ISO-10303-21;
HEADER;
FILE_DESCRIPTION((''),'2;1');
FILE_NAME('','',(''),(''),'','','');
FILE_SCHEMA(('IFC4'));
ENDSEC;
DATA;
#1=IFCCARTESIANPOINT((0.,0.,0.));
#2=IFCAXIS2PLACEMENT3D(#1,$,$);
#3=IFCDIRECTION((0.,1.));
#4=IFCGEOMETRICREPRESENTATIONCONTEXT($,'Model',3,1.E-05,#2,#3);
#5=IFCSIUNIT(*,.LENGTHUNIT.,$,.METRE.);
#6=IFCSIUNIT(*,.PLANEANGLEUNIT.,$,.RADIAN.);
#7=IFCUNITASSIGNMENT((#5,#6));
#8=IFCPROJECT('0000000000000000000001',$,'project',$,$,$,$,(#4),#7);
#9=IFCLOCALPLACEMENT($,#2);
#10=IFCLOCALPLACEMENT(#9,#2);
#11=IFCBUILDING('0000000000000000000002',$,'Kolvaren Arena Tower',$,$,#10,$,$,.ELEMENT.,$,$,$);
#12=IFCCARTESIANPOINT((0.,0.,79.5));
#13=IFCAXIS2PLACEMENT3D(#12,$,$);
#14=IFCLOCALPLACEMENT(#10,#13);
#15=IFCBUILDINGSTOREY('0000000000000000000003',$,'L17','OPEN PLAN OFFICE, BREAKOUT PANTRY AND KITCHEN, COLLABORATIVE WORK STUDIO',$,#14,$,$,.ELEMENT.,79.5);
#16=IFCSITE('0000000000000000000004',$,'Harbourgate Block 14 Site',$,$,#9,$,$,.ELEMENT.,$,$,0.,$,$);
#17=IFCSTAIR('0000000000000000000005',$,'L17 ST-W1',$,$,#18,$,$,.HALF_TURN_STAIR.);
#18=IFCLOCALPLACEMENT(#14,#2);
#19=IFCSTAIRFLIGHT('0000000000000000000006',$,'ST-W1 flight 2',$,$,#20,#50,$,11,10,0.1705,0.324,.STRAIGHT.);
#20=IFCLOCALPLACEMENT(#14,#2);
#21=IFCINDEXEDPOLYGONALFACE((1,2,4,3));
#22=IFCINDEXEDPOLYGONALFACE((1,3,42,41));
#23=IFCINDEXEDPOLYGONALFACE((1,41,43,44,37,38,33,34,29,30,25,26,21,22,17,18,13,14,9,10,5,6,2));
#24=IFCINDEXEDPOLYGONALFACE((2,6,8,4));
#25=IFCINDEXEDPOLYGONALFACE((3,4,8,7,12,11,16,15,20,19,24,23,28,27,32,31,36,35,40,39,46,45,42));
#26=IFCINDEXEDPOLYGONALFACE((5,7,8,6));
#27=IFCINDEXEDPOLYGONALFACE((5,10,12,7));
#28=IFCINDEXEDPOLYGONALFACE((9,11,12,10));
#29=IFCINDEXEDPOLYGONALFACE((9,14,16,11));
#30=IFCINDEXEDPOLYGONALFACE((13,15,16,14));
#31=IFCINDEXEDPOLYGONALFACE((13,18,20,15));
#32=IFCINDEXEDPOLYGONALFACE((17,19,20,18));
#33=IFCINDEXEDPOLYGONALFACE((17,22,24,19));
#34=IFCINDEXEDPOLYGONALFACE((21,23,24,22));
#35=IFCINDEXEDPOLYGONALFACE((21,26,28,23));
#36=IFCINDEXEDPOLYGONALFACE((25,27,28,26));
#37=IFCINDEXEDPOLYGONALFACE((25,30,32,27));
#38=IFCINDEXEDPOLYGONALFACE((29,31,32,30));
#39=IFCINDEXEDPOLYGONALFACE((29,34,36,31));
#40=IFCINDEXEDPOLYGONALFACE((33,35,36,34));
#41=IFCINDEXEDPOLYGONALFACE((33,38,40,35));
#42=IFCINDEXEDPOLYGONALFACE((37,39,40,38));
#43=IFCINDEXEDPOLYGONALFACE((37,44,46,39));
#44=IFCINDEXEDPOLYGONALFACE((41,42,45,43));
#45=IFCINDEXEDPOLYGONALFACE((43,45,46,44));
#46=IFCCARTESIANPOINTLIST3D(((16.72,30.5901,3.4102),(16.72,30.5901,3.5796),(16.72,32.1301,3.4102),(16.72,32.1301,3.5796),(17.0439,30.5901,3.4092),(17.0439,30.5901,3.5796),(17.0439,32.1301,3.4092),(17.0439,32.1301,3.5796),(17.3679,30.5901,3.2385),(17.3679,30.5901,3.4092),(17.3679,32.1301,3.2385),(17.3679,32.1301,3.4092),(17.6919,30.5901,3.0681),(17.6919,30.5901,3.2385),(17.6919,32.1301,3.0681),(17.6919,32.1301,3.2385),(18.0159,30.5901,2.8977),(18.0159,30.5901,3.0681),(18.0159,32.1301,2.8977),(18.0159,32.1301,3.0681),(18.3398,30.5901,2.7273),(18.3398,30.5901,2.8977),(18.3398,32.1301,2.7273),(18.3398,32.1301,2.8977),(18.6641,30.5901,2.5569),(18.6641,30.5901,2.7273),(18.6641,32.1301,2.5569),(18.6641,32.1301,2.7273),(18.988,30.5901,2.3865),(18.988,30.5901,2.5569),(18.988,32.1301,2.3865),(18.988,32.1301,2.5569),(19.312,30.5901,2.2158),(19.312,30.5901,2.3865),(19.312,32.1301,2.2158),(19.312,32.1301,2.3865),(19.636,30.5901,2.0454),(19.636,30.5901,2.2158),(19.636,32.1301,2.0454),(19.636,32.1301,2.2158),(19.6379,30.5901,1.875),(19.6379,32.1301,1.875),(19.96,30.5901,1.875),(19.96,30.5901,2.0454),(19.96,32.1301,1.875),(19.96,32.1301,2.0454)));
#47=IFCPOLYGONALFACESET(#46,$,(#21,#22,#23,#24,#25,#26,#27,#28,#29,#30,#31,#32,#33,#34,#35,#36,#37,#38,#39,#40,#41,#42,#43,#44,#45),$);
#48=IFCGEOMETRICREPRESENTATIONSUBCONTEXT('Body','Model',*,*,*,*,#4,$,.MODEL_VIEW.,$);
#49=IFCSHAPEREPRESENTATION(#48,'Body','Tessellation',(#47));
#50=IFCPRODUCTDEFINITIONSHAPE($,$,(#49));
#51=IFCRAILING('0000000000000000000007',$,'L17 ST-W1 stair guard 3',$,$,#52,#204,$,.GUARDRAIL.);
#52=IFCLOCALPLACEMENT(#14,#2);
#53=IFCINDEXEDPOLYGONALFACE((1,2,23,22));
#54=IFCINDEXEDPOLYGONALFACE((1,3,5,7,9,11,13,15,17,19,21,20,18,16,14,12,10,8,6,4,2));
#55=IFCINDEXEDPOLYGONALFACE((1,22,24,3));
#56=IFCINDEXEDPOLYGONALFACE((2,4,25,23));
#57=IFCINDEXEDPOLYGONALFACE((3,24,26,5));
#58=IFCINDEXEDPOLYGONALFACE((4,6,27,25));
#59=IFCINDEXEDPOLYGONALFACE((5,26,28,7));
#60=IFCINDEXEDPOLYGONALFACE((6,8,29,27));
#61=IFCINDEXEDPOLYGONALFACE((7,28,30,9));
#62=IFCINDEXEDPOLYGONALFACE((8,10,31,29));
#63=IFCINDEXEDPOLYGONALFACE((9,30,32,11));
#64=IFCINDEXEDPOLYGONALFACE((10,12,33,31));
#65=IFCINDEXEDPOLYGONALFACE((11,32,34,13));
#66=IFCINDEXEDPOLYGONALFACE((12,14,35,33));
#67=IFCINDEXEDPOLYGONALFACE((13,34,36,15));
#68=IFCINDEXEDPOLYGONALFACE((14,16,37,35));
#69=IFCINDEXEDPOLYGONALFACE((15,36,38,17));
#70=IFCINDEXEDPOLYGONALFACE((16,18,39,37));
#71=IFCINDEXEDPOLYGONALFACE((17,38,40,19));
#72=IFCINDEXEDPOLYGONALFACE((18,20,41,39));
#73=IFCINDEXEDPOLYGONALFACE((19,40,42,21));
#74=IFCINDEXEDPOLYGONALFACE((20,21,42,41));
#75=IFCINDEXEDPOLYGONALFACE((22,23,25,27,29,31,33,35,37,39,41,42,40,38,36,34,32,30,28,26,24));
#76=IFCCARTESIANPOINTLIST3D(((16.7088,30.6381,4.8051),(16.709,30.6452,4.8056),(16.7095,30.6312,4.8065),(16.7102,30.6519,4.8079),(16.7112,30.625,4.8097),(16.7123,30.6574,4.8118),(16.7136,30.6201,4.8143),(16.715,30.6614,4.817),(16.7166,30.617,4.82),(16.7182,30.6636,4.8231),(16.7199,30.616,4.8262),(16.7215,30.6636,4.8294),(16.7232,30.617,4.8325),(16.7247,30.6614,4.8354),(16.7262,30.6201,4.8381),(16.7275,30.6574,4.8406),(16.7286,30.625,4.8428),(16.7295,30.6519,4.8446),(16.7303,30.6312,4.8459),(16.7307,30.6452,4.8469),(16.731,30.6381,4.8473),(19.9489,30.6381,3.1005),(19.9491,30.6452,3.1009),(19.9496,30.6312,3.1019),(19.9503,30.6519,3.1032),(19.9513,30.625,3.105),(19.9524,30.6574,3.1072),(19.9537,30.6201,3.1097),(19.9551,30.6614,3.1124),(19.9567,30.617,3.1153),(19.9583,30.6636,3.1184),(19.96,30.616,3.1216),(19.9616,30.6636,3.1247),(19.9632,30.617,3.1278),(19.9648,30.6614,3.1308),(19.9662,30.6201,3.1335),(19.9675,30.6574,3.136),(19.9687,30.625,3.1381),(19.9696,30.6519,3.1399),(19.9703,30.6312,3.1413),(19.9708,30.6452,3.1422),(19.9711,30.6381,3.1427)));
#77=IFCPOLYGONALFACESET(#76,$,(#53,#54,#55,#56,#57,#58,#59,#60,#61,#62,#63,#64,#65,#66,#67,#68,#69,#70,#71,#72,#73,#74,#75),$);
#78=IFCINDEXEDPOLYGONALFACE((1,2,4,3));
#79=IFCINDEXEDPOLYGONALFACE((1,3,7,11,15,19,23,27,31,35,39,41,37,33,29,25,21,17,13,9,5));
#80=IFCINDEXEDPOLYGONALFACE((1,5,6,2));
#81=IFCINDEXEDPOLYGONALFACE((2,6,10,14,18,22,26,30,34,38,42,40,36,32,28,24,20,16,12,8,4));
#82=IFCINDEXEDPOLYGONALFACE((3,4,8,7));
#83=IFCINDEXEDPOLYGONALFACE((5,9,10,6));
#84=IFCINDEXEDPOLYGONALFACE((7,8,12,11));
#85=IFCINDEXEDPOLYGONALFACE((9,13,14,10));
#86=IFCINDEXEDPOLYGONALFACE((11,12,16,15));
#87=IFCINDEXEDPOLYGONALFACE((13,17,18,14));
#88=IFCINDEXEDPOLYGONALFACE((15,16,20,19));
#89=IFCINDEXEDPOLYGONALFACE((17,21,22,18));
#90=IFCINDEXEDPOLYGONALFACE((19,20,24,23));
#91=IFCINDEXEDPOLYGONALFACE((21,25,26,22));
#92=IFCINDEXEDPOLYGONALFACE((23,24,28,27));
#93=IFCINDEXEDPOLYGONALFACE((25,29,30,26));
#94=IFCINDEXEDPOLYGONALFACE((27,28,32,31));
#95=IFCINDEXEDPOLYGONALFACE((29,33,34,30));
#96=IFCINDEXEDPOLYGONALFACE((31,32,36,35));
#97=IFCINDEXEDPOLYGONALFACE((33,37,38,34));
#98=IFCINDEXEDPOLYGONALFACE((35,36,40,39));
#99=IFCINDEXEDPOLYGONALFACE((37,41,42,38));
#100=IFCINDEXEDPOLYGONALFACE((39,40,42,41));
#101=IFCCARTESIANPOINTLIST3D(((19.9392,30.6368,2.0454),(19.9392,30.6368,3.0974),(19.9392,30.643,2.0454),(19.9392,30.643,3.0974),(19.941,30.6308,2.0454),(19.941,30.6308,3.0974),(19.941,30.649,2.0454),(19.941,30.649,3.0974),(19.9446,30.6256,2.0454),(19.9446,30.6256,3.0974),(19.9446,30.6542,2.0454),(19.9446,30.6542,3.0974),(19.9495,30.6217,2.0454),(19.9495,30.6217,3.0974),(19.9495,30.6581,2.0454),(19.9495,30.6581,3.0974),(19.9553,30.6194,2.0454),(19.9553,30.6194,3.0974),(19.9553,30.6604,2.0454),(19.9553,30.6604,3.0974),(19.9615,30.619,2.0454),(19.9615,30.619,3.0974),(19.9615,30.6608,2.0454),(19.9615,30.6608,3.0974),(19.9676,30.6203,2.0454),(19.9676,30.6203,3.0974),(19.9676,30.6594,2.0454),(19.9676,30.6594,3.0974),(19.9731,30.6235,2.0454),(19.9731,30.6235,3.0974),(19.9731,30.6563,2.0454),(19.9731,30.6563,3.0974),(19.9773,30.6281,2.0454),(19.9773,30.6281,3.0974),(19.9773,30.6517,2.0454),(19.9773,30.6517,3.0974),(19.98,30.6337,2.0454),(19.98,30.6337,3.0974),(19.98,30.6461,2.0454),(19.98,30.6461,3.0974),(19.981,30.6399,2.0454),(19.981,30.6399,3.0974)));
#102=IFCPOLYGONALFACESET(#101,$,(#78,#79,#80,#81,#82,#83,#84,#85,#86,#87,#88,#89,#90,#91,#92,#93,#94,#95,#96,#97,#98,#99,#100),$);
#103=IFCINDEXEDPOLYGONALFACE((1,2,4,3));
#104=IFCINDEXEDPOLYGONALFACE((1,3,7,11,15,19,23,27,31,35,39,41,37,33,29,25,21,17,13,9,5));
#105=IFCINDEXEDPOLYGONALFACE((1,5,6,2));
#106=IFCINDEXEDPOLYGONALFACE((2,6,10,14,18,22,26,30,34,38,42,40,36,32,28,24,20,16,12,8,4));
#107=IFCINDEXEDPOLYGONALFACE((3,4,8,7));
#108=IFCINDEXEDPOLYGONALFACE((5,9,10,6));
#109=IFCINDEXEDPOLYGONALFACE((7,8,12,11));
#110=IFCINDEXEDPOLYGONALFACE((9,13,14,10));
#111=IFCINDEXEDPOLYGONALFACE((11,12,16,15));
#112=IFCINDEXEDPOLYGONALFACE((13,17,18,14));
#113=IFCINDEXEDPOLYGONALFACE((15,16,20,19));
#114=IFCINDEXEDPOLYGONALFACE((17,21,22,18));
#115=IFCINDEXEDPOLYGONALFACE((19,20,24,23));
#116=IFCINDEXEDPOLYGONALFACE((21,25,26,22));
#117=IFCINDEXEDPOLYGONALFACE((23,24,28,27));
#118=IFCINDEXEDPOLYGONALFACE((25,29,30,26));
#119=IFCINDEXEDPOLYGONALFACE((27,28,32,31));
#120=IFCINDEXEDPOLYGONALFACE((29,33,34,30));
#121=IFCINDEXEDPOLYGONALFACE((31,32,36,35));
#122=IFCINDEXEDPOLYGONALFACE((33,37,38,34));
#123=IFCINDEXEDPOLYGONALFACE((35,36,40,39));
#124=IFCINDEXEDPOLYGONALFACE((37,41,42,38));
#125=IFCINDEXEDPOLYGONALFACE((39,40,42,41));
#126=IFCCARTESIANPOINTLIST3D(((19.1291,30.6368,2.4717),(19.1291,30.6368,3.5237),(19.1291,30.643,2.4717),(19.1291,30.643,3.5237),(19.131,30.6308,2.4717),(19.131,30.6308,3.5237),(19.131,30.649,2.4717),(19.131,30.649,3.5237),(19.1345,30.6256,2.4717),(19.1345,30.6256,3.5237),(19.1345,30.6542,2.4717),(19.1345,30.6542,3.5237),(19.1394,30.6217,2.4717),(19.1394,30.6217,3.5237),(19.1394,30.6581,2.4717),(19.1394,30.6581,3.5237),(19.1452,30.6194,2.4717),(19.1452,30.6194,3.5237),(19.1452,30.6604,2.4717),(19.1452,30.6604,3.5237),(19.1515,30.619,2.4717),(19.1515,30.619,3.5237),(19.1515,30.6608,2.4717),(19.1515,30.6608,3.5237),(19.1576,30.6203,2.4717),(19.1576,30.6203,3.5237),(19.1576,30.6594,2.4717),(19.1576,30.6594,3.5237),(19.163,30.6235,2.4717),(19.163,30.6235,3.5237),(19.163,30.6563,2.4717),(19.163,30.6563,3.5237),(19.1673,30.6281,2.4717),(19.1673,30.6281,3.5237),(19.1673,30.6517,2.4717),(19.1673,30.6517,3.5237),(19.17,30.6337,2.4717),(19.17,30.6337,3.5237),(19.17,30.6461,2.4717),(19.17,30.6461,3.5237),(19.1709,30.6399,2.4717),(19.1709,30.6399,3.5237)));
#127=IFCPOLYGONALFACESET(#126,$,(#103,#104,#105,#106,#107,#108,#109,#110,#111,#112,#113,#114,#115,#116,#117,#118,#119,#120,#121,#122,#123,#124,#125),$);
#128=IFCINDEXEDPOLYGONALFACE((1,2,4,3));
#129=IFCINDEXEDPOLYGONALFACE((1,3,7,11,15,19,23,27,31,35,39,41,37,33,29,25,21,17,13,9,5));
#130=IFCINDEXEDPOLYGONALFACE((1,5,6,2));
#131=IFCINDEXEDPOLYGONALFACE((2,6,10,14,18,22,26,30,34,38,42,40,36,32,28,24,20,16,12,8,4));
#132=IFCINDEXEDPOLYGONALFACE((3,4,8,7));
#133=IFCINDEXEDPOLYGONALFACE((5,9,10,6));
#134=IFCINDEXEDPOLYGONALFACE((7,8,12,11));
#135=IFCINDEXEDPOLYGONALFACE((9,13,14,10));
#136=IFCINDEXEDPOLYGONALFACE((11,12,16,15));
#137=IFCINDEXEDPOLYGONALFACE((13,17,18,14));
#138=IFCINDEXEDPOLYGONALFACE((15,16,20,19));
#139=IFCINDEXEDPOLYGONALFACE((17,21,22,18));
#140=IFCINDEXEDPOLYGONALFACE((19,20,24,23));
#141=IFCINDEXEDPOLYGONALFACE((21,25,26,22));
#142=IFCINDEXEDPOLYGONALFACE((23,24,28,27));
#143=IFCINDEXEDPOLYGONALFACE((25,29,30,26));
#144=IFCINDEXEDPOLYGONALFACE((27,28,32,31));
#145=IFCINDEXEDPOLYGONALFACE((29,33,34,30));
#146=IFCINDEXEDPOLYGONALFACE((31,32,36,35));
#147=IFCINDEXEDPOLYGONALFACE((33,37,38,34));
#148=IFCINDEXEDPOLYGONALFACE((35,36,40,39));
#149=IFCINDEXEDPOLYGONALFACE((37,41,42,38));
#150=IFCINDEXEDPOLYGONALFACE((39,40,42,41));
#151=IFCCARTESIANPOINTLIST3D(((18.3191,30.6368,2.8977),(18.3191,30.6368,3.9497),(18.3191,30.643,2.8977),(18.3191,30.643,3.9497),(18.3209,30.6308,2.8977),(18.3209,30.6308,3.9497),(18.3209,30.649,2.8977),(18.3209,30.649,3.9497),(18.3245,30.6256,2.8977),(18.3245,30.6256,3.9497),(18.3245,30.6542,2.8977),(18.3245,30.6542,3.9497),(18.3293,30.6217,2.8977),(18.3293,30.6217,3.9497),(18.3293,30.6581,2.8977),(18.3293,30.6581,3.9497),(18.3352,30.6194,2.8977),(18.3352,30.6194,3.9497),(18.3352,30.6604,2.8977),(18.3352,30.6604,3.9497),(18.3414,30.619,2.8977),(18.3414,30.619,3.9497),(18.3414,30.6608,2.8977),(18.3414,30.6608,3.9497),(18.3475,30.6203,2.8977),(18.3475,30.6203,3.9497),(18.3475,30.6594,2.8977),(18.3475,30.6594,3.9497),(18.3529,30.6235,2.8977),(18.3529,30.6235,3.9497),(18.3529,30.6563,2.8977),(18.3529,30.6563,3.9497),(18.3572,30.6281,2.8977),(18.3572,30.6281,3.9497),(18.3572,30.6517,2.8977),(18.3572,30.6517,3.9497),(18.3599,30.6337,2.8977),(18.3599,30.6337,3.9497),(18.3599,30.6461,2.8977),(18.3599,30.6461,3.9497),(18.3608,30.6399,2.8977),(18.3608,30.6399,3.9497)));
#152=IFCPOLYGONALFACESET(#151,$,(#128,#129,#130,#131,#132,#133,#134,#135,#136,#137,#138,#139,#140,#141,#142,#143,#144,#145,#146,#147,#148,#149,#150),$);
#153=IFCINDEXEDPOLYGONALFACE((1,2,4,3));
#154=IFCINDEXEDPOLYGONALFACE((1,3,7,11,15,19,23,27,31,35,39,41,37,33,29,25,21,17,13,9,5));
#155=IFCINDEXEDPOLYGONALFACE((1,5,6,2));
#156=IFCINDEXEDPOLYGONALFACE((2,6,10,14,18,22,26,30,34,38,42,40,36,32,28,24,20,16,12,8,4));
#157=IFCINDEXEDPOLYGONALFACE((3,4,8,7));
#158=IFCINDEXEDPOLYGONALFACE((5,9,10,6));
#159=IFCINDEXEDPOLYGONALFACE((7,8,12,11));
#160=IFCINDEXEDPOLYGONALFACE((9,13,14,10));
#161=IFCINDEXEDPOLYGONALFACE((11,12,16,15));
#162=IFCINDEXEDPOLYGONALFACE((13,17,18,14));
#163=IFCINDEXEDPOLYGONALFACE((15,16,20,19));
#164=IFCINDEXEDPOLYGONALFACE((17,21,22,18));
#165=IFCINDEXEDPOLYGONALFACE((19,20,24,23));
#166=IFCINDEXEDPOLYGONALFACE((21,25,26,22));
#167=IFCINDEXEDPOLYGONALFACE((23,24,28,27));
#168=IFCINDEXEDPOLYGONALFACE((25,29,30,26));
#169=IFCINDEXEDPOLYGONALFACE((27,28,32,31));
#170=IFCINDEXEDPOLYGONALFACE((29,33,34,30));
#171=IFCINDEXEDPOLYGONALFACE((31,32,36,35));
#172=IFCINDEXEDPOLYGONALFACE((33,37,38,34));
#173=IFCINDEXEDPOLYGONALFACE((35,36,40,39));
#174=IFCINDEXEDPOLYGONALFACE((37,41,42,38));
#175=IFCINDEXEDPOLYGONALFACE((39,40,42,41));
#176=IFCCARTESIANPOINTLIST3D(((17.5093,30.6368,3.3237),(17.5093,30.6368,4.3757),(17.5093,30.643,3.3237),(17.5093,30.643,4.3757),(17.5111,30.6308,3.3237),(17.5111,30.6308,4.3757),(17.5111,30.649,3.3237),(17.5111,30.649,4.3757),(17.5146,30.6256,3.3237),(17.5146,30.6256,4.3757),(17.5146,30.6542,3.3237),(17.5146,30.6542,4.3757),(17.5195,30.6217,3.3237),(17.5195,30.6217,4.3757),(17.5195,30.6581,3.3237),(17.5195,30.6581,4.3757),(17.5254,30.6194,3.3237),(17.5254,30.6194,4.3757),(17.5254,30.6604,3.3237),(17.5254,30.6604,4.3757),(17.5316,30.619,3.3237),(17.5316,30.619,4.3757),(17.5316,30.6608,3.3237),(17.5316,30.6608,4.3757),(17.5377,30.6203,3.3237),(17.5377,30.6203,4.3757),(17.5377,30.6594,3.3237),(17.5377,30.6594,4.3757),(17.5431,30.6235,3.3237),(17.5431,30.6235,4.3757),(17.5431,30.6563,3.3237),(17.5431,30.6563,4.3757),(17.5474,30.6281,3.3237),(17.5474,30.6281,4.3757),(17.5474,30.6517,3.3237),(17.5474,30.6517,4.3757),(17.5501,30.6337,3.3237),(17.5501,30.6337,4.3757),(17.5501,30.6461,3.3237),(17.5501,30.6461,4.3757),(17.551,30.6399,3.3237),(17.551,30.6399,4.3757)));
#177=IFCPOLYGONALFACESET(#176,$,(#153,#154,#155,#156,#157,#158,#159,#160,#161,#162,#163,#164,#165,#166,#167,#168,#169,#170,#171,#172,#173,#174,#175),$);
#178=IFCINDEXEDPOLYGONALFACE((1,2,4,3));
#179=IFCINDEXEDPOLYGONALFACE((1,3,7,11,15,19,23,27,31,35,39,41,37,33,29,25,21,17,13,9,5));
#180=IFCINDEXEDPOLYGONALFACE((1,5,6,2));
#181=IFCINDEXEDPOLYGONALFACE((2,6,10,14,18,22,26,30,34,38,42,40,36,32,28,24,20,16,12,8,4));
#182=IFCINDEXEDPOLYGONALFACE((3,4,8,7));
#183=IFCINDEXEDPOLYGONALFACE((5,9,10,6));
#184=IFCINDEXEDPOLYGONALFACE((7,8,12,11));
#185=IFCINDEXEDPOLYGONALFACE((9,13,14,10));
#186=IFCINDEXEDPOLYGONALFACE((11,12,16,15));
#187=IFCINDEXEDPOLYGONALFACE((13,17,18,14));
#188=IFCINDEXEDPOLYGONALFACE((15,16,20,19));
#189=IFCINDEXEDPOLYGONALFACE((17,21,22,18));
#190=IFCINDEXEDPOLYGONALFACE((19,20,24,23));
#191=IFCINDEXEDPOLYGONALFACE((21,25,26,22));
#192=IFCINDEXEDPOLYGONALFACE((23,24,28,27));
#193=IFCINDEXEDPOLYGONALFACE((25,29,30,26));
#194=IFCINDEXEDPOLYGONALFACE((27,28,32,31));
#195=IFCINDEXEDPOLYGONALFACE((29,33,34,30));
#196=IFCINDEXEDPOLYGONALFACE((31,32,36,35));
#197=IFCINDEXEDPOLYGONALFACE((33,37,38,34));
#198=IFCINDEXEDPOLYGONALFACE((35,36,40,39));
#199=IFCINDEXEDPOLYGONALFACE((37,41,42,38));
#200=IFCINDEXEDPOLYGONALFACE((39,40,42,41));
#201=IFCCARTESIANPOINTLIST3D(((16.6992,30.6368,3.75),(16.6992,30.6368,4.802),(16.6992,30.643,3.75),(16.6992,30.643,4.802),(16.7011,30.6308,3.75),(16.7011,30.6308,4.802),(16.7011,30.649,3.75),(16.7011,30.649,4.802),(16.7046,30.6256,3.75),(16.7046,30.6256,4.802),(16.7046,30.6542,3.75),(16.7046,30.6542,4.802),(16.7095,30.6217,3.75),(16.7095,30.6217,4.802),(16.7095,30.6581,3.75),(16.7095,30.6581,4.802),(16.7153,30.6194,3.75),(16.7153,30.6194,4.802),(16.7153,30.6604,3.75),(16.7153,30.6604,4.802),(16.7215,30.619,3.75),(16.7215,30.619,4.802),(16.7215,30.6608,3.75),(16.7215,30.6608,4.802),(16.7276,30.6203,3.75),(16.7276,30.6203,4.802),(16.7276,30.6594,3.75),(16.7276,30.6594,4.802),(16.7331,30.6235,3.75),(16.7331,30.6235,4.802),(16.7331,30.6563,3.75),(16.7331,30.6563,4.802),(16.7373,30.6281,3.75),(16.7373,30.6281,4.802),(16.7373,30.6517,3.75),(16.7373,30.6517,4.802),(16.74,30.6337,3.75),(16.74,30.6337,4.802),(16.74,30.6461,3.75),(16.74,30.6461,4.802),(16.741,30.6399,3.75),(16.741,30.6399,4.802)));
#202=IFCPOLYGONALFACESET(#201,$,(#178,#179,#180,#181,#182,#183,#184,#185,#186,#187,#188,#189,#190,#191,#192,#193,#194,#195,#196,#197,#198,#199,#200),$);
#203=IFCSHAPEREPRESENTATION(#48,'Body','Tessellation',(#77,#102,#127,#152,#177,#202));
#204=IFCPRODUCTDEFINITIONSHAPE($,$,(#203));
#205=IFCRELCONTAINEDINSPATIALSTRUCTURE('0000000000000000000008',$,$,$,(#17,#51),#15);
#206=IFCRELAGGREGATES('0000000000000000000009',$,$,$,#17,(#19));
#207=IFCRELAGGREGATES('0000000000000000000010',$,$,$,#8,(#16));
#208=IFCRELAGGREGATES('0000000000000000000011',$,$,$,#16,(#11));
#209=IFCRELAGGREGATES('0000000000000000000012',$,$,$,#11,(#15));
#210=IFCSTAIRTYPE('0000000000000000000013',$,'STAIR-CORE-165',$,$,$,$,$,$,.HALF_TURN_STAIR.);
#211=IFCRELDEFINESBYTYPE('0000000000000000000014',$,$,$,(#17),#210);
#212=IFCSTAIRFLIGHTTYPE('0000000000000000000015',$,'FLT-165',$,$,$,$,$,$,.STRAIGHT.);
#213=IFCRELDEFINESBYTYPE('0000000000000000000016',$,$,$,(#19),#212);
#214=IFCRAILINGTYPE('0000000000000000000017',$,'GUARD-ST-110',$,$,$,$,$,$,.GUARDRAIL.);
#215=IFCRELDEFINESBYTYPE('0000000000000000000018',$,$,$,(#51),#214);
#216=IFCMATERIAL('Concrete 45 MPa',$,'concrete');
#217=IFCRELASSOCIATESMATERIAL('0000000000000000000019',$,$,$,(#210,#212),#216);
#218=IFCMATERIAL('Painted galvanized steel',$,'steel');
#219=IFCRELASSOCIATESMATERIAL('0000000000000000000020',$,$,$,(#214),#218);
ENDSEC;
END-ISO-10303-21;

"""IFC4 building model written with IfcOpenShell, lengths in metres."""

from ifc_helpers import new_model, si_unit, direction, frame, origin, origin_2d, place, context, subcontext, project, spatial, polyline, circle, outline, extrude, material, type_object, element, aggregate, save


model = new_model("IFC4")

# Units and contexts
model_context = context("Model", 3, precision=1e-05, world=origin(), true_north=direction((0.0, 1.0)))
body_context = subcontext(model_context, "Body", "Model", "MODEL_VIEW")
ifc_project = project(units=[si_unit("LENGTHUNIT", "METRE"), si_unit("PLANEANGLEUNIT", "RADIAN")], contexts=[model_context])

# Site, building, storey
site_placement = place(None, origin())
site = spatial("IfcSite", under=ifc_project, at=site_placement, Name="Harbourgate Block 14 Site", CompositionType="ELEMENT", RefElevation=0.0)
building_placement = place(site_placement, origin())
building = spatial("IfcBuilding", under=site, at=building_placement, Name="Kolvaren Arena Tower", CompositionType="ELEMENT")
storey_placement = place(building_placement, frame((0.0, 0.0, 79.5)))
storey = spatial("IfcBuildingStorey", under=building, at=storey_placement, Name="L17", Description="OPEN PLAN OFFICE, BREAKOUT PANTRY AND KITCHEN, COLLABORATIVE WORK STUDIO", CompositionType="ELEMENT", Elevation=79.5)

# Stair, stair flight
ifc_material_1 = material(Name="Concrete 45 MPa", Category="concrete")
stair_type = type_object("IfcStairType", Name="STAIR-CORE-165", PredefinedType="HALF_TURN_STAIR", material=ifc_material_1)
stair_placement = place(storey_placement, origin())
stair = element("IfcStair", 1, at=stair_placement, inside=storey, type_object=stair_type, Name="L17 ST-W1", PredefinedType="HALF_TURN_STAIR")
stair_flight_type = type_object("IfcStairFlightType", Name="FLT-165", PredefinedType="STRAIGHT", material=ifc_material_1)
stair_flight_placement = place(storey_placement, frame((19.96, 31.3601, 1.875), z_axis=(0.0, 0.0, 1.0), x_axis=(-1.0, 0.0, 0.0)))
stair_flight = element("IfcStairFlight", 2, at=stair_flight_placement, type_object=stair_flight_type, Name="ST-W1 flight 2", NumberOfRisers=11, NumberOfTreads=10, PredefinedType="STRAIGHT", RiserHeight=0.1705, TreadLength=0.324, context=body_context, shape_type="SweptSolid", body=[
    extrude(outline(polyline([(0.0, 0.0), (0.0, 0.1704), (0.324, 0.1704), (0.324, 0.3408), (0.6479, 0.3408), (0.6479, 0.5115), (0.9719, 0.5115), (0.9719, 0.6819), (1.2959, 0.6819), (1.2959, 0.8523), (1.6201, 0.8523), (1.6201, 1.0227), (1.9441, 1.0227), (1.9441, 1.1931), (2.2681, 1.1931), (2.2681, 1.3635), (2.592, 1.3635), (2.592, 1.5342), (2.916, 1.5342), (2.916, 1.7046), (3.24, 1.7046), (3.24, 1.875), (3.24, 1.5352), (0.322, 0.0), (0.0, 0.0)])), frame((0.0, 0.77, 0.0), z_axis=(0.0, -1.0, 0.0), x_axis=(1.0, 0.0, 0.0)), (0.0, 0.0, 1.0), 1.54),
])
aggregate(stair, [stair_flight])

# Railing
ifc_material_2 = material(Name="Painted galvanized steel", Category="steel")
railing_type_1 = type_object("IfcRailingType", Name="GUARD-ST-110", PredefinedType="GUARDRAIL", material=ifc_material_2)
railing_1_placement = place(storey_placement, frame((19.96, 30.6399, 2.0454)))
element("IfcRailing", 3, at=railing_1_placement, inside=storey, type_object=railing_type_1, Name="L17 ST-W1 stair guard 3", PredefinedType="GUARDRAIL", context=body_context, shape_type="SweptSolid", body=[
    extrude(circle(Radius=0.0239, at=origin_2d()), frame((0.0, 0.0, 1.0762), z_axis=(-0.884993, 0.0, 0.465604), x_axis=(0.0, -1.0, 0.0)), (0.0, 0.0, 1.0), 3.6611),
    extrude(circle(Radius=0.021, at=origin_2d()), origin(), (0.0, 0.0, 1.0), 1.052),
    extrude(circle(Radius=0.021, at=origin_2d()), frame((-0.8101, 0.0, 0.4263)), (0.0, 0.0, 1.0), 1.052),
    extrude(circle(Radius=0.021, at=origin_2d()), frame((-1.6201, 0.0, 0.8523)), (0.0, 0.0, 1.0), 1.052),
    extrude(circle(Radius=0.021, at=origin_2d()), frame((-2.4299, 0.0, 1.2783)), (0.0, 0.0, 1.0), 1.052),
    extrude(circle(Radius=0.021, at=origin_2d()), frame((-3.24, 0.0, 1.7046)), (0.0, 0.0, 1.0), 1.052),
])

save(model, "model.ifc")
